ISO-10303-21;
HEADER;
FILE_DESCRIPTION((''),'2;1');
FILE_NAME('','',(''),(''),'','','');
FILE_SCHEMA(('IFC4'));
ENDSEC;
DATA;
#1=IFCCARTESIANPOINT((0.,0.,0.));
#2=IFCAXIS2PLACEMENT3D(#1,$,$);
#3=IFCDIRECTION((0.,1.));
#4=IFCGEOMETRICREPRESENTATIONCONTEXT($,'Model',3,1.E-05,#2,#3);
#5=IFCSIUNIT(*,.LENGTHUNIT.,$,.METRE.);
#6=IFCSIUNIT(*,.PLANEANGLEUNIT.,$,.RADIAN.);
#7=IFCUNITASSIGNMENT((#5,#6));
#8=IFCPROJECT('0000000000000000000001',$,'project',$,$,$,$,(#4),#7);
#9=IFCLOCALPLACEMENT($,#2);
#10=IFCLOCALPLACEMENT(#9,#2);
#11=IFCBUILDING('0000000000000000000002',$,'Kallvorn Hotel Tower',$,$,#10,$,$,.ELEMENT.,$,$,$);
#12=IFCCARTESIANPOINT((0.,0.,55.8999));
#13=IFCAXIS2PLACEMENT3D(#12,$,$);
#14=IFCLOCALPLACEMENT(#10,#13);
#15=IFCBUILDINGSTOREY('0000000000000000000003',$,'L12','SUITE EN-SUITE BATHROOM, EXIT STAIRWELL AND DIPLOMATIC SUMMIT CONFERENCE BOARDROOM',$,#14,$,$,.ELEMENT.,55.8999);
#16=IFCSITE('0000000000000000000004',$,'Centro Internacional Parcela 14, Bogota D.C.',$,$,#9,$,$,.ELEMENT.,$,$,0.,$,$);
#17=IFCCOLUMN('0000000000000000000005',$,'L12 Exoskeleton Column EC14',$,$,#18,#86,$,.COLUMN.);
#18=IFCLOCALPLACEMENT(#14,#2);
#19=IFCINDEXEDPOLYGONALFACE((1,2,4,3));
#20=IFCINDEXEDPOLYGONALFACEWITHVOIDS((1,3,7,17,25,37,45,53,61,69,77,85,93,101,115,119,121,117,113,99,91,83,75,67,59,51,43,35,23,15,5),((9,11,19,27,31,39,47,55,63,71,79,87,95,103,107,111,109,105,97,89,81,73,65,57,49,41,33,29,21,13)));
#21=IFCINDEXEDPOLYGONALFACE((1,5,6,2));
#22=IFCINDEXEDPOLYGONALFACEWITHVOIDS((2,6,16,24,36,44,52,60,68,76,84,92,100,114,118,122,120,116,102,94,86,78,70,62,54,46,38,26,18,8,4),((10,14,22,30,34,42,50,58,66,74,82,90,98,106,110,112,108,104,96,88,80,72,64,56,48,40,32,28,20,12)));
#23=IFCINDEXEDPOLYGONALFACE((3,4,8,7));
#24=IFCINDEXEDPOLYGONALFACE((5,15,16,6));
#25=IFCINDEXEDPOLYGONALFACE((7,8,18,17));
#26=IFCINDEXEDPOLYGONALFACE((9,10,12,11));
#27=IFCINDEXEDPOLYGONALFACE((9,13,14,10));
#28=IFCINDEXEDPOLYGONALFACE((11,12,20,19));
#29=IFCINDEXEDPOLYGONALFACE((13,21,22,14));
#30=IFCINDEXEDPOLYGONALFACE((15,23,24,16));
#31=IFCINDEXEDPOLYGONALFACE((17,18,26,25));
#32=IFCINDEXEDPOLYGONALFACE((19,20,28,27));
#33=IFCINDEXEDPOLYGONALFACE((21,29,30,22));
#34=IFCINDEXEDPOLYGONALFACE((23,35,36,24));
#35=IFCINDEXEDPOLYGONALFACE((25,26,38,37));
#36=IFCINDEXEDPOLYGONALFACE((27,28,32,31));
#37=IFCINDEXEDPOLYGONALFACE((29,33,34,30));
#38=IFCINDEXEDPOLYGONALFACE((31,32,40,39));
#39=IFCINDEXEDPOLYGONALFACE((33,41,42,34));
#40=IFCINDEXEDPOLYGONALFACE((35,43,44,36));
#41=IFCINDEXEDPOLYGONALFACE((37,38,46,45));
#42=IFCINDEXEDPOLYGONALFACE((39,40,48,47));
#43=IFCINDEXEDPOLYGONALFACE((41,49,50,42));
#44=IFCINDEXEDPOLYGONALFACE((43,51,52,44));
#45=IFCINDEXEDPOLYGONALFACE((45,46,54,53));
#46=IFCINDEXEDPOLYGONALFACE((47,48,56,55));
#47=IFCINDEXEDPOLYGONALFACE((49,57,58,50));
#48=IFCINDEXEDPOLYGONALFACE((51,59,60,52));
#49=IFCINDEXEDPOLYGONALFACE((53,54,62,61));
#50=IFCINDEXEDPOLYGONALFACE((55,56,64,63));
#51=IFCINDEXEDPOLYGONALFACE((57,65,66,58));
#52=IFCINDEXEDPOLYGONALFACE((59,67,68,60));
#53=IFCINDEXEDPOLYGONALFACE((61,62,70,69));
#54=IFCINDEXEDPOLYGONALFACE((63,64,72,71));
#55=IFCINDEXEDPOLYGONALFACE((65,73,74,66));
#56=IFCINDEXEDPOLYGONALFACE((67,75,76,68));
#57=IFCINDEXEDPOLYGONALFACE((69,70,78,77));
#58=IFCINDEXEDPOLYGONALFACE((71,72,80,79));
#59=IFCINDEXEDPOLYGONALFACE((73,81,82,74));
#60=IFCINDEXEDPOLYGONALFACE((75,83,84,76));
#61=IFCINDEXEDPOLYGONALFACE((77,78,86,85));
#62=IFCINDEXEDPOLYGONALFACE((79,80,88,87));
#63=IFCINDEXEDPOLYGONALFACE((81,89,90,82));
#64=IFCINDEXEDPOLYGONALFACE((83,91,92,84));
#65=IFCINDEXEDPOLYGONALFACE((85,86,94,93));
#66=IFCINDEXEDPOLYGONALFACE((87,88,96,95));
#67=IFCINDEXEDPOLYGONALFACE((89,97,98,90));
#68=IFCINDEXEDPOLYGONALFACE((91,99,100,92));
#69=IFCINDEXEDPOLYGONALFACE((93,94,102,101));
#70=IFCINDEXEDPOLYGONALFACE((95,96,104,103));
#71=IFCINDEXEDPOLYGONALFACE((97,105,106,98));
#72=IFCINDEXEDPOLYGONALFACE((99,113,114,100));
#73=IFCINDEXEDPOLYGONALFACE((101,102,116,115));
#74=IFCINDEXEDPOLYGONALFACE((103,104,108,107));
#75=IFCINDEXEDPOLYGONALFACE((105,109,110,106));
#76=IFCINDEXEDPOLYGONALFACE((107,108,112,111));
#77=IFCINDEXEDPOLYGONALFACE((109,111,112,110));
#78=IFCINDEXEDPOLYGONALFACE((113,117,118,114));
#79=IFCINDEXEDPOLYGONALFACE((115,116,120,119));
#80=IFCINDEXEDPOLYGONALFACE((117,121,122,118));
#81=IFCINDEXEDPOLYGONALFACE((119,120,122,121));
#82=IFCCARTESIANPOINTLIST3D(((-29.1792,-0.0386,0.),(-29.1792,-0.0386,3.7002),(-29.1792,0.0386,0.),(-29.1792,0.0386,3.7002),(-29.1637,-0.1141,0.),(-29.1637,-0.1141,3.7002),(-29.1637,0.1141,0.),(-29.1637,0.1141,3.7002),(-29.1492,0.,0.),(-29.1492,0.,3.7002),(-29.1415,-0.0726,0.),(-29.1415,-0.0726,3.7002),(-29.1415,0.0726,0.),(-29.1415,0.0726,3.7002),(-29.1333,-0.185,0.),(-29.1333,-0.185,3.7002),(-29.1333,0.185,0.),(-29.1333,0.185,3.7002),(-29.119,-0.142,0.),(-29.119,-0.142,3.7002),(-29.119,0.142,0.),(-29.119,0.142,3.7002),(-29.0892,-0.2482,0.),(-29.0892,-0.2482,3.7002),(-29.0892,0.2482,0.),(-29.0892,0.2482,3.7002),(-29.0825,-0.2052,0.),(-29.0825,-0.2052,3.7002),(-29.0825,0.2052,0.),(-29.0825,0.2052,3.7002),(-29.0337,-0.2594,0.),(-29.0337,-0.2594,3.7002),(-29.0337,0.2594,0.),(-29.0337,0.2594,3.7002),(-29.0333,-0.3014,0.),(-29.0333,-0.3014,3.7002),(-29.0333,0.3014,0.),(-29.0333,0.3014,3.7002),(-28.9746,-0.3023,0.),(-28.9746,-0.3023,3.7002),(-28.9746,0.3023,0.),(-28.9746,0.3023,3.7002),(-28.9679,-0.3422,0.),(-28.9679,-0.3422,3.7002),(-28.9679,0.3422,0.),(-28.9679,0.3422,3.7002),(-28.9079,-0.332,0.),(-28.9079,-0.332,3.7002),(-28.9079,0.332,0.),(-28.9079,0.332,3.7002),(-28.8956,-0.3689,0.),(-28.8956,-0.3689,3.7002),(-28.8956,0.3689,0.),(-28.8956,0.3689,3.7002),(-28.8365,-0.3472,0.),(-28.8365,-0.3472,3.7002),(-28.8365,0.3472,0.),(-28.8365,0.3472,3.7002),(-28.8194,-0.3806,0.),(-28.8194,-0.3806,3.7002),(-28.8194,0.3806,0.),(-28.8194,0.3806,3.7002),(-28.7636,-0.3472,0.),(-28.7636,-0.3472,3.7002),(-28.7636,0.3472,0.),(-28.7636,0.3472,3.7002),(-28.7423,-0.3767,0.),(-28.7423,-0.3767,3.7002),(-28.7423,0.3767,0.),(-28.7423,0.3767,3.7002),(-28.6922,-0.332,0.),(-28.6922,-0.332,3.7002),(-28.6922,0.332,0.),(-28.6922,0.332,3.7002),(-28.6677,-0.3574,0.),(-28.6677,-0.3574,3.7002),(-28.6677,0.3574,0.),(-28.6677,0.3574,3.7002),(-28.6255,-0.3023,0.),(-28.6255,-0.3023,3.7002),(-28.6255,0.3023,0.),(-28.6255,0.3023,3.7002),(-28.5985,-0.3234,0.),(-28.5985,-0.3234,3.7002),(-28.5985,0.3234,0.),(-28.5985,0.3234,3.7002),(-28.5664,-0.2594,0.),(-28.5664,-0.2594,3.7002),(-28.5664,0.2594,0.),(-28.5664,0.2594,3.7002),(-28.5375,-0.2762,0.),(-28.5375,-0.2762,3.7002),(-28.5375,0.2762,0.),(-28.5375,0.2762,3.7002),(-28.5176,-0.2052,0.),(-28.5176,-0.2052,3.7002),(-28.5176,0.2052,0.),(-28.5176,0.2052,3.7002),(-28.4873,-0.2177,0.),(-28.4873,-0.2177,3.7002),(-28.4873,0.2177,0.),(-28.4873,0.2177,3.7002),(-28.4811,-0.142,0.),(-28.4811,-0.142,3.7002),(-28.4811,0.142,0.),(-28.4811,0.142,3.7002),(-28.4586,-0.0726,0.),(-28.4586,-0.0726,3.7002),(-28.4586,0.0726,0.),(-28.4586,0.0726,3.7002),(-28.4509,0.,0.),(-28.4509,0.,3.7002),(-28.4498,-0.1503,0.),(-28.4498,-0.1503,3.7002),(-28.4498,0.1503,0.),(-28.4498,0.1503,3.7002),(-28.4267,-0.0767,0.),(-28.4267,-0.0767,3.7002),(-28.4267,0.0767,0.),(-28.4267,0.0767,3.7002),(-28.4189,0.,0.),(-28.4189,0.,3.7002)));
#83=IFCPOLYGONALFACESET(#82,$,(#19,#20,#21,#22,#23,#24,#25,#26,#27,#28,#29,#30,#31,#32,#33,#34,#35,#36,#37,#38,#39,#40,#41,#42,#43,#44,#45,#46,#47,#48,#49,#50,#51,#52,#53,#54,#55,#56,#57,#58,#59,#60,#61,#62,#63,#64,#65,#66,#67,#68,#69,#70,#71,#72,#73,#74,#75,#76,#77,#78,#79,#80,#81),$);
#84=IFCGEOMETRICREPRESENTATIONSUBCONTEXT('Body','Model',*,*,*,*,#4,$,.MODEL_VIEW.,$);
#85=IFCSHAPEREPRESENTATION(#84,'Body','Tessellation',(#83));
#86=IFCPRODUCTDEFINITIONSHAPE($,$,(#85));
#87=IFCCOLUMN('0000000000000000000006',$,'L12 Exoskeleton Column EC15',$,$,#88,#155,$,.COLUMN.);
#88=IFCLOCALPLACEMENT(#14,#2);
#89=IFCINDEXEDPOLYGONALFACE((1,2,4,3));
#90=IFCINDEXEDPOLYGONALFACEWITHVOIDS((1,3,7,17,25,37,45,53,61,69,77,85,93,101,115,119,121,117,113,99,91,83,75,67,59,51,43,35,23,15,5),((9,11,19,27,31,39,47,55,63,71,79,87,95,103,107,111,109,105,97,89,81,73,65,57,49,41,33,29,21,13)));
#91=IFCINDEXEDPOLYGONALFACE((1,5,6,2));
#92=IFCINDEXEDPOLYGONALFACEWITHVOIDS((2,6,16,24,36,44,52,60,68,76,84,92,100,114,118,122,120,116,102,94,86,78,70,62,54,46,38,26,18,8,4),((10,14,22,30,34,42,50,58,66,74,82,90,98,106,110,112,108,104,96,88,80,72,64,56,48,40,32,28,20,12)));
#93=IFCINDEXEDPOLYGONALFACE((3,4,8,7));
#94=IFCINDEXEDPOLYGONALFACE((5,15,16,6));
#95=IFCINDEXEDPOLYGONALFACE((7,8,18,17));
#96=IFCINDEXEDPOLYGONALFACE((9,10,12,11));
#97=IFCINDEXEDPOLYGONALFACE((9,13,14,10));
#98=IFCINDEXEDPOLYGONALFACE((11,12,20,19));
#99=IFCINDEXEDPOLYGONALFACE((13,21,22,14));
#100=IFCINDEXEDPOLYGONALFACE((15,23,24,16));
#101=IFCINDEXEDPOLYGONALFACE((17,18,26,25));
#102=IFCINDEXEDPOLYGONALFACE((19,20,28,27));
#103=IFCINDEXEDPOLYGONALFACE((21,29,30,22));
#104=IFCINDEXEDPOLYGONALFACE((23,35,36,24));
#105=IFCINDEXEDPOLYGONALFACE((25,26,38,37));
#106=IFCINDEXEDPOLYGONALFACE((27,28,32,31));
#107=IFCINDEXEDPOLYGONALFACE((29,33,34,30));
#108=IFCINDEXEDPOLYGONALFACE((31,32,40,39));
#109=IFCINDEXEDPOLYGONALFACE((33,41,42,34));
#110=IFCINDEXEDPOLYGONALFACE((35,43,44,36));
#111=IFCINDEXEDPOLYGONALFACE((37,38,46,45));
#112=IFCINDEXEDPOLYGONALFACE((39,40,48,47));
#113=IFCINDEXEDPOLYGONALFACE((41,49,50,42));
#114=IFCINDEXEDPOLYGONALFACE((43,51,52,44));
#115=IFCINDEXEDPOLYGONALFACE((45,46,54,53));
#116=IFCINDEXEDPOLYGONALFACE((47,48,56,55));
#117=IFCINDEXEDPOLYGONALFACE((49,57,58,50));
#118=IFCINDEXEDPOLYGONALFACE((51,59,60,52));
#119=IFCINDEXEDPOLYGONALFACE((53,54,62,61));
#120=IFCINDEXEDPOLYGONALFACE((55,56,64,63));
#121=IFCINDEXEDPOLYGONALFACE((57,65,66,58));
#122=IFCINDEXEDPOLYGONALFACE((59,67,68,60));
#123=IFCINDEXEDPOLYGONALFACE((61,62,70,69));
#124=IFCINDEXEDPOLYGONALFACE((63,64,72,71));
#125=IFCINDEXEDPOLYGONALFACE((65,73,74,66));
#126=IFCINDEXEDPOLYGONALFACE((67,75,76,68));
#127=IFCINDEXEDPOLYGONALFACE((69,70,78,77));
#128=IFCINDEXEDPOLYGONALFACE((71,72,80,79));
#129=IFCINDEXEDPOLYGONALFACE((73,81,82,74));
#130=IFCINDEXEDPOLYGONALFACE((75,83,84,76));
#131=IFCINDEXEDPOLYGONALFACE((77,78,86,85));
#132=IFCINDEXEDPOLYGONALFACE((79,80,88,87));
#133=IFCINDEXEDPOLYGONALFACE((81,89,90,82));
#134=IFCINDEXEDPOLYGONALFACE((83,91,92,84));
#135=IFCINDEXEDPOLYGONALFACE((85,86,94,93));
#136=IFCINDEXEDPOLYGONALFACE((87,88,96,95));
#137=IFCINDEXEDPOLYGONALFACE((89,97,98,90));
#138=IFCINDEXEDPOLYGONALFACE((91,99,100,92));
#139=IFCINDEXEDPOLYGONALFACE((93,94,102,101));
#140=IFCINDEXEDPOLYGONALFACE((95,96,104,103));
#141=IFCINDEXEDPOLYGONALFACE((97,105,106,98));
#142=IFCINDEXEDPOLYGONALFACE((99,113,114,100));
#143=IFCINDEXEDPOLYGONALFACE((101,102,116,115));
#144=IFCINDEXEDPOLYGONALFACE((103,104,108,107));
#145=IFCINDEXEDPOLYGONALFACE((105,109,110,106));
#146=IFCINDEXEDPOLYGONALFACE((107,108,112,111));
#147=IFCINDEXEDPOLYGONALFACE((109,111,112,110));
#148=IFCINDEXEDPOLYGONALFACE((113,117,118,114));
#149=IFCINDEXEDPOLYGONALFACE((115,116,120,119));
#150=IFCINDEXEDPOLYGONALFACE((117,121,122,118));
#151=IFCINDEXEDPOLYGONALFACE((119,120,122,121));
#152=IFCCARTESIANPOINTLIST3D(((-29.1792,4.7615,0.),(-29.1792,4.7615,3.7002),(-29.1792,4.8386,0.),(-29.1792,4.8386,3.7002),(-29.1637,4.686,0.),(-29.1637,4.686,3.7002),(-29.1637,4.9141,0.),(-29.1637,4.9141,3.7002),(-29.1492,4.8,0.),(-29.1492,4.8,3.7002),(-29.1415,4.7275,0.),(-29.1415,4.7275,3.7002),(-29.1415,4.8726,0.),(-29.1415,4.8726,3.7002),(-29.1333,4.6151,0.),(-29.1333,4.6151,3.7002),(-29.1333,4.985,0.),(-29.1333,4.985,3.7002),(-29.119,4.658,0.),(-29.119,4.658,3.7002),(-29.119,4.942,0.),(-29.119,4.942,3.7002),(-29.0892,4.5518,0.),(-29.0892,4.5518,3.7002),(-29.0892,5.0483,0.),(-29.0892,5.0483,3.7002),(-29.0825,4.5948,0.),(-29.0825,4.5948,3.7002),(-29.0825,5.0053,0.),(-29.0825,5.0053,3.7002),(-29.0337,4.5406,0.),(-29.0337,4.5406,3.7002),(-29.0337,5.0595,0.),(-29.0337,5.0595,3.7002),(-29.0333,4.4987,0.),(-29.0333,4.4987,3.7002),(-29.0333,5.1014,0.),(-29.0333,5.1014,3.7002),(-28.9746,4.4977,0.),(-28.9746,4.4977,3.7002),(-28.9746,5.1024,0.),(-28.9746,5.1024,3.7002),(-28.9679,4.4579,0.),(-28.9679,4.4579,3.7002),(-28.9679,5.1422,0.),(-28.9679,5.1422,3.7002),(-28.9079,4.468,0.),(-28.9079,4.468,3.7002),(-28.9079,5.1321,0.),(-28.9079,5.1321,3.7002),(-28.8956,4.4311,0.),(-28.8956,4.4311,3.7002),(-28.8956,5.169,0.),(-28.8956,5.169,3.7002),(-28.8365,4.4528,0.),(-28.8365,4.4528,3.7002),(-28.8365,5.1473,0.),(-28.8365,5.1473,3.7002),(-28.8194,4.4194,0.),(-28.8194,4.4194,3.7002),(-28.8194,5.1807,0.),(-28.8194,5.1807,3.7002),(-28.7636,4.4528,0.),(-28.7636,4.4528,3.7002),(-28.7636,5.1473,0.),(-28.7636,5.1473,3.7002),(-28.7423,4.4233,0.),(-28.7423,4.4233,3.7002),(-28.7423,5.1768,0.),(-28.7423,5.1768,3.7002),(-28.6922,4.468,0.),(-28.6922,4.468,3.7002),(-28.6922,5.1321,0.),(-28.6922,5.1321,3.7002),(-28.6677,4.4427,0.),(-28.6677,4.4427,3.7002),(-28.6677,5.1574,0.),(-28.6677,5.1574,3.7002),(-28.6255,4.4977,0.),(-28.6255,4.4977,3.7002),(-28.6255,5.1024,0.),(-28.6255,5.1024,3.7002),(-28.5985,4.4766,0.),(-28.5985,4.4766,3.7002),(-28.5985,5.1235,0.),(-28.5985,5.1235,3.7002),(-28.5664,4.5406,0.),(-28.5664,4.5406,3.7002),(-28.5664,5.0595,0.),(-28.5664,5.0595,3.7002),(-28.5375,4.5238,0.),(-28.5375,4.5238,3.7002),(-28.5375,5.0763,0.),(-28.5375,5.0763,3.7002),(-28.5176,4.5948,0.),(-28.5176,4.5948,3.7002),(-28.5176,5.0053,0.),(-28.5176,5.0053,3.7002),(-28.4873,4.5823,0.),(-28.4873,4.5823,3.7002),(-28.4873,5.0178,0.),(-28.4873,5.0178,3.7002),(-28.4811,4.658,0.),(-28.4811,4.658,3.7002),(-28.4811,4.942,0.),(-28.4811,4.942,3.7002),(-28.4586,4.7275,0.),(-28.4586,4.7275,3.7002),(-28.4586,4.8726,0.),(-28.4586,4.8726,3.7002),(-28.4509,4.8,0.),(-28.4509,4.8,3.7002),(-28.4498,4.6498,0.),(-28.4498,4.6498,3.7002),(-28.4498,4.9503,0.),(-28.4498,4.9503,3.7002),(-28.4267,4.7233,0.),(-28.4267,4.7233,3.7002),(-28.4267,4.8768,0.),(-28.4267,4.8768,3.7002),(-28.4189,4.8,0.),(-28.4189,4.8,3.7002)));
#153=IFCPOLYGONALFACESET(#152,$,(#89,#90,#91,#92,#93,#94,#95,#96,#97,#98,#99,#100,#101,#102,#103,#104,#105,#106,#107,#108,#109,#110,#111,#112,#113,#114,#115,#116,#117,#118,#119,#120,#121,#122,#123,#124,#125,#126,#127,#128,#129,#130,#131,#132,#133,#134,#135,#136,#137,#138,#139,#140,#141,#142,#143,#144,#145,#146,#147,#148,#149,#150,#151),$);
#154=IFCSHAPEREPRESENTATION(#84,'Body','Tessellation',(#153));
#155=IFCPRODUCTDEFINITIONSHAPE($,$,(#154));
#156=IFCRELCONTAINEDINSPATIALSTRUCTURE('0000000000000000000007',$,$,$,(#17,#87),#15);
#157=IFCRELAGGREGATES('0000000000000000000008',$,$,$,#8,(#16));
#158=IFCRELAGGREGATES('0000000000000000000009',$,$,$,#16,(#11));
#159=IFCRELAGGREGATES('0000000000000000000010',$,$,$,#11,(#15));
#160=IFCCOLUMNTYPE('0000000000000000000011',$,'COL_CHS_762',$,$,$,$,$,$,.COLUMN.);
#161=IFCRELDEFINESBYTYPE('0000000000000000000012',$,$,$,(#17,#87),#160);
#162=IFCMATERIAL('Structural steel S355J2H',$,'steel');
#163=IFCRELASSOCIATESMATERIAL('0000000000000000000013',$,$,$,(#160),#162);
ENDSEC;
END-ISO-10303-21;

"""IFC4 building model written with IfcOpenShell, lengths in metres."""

from ifc_helpers import new_model, si_unit, direction, frame, origin, origin_2d, place, context, subcontext, project, spatial, hollow_circle, extrude, material, material_profile, profile_set, type_object, element, save


model = new_model("IFC4")

# Units and contexts
model_context = context("Model", 3, precision=1e-05, world=origin(), true_north=direction((0.0, 1.0)))
body_context = subcontext(model_context, "Body", "Model", "MODEL_VIEW")
ifc_project = project(units=[si_unit("LENGTHUNIT", "METRE"), si_unit("PLANEANGLEUNIT", "RADIAN")], contexts=[model_context])

# Site, building, storey
site_placement = place(None, origin())
site = spatial("IfcSite", under=ifc_project, at=site_placement, Name="Centro Internacional Parcela 14, Bogota D.C.", CompositionType="ELEMENT", RefElevation=0.0)
building_placement = place(site_placement, origin())
building = spatial("IfcBuilding", under=site, at=building_placement, Name="Kallvorn Hotel Tower", CompositionType="ELEMENT")
storey_placement = place(building_placement, frame((0.0, 0.0, 55.8999)))
storey = spatial("IfcBuildingStorey", under=building, at=storey_placement, Name="L12", Description="SUITE EN-SUITE BATHROOM, EXIT STAIRWELL AND DIPLOMATIC SUMMIT CONFERENCE BOARDROOM", CompositionType="ELEMENT", Elevation=55.8999)

# Columns
ifc_material_1 = material(Name="Structural steel S355J2H", Category="steel")
ifc_material_profile_1 = material_profile(ifc_material_1, hollow_circle(Radius=0.3811, WallThickness=0.032, at=origin_2d()), Name="CHS 762x32")
ifc_profile_set_1 = profile_set([ifc_material_profile_1], Name="Structural steel S355J2H")
column_type_1 = type_object("IfcColumnType", Name="COL_CHS_762", PredefinedType="COLUMN", material=ifc_profile_set_1)
for number, where, z_axis, x_axis, name in (
    (1, (-28.8, 0.0, 0.0), (0.0, 0.0, 1.0), (1.0, 0.0, 0.0), "L12 Exoskeleton Column EC14"),
    (2, (-28.8, 4.8, 0.0), (0.0, 0.0, 1.0), (1.0, 0.0, 0.0), "L12 Exoskeleton Column EC15"),
):
    element("IfcColumn", number, at=place(storey_placement, frame(where, z_axis=z_axis, x_axis=x_axis)), inside=storey, type_object=column_type_1, Name=name, PredefinedType="COLUMN", context=body_context, shape_type="SweptSolid", body=[
        extrude(hollow_circle(Radius=0.3811, WallThickness=0.032, at=origin_2d()), origin(), (0.0, 0.0, 1.0), 3.7002),
    ])

save(model, "model.ifc")
